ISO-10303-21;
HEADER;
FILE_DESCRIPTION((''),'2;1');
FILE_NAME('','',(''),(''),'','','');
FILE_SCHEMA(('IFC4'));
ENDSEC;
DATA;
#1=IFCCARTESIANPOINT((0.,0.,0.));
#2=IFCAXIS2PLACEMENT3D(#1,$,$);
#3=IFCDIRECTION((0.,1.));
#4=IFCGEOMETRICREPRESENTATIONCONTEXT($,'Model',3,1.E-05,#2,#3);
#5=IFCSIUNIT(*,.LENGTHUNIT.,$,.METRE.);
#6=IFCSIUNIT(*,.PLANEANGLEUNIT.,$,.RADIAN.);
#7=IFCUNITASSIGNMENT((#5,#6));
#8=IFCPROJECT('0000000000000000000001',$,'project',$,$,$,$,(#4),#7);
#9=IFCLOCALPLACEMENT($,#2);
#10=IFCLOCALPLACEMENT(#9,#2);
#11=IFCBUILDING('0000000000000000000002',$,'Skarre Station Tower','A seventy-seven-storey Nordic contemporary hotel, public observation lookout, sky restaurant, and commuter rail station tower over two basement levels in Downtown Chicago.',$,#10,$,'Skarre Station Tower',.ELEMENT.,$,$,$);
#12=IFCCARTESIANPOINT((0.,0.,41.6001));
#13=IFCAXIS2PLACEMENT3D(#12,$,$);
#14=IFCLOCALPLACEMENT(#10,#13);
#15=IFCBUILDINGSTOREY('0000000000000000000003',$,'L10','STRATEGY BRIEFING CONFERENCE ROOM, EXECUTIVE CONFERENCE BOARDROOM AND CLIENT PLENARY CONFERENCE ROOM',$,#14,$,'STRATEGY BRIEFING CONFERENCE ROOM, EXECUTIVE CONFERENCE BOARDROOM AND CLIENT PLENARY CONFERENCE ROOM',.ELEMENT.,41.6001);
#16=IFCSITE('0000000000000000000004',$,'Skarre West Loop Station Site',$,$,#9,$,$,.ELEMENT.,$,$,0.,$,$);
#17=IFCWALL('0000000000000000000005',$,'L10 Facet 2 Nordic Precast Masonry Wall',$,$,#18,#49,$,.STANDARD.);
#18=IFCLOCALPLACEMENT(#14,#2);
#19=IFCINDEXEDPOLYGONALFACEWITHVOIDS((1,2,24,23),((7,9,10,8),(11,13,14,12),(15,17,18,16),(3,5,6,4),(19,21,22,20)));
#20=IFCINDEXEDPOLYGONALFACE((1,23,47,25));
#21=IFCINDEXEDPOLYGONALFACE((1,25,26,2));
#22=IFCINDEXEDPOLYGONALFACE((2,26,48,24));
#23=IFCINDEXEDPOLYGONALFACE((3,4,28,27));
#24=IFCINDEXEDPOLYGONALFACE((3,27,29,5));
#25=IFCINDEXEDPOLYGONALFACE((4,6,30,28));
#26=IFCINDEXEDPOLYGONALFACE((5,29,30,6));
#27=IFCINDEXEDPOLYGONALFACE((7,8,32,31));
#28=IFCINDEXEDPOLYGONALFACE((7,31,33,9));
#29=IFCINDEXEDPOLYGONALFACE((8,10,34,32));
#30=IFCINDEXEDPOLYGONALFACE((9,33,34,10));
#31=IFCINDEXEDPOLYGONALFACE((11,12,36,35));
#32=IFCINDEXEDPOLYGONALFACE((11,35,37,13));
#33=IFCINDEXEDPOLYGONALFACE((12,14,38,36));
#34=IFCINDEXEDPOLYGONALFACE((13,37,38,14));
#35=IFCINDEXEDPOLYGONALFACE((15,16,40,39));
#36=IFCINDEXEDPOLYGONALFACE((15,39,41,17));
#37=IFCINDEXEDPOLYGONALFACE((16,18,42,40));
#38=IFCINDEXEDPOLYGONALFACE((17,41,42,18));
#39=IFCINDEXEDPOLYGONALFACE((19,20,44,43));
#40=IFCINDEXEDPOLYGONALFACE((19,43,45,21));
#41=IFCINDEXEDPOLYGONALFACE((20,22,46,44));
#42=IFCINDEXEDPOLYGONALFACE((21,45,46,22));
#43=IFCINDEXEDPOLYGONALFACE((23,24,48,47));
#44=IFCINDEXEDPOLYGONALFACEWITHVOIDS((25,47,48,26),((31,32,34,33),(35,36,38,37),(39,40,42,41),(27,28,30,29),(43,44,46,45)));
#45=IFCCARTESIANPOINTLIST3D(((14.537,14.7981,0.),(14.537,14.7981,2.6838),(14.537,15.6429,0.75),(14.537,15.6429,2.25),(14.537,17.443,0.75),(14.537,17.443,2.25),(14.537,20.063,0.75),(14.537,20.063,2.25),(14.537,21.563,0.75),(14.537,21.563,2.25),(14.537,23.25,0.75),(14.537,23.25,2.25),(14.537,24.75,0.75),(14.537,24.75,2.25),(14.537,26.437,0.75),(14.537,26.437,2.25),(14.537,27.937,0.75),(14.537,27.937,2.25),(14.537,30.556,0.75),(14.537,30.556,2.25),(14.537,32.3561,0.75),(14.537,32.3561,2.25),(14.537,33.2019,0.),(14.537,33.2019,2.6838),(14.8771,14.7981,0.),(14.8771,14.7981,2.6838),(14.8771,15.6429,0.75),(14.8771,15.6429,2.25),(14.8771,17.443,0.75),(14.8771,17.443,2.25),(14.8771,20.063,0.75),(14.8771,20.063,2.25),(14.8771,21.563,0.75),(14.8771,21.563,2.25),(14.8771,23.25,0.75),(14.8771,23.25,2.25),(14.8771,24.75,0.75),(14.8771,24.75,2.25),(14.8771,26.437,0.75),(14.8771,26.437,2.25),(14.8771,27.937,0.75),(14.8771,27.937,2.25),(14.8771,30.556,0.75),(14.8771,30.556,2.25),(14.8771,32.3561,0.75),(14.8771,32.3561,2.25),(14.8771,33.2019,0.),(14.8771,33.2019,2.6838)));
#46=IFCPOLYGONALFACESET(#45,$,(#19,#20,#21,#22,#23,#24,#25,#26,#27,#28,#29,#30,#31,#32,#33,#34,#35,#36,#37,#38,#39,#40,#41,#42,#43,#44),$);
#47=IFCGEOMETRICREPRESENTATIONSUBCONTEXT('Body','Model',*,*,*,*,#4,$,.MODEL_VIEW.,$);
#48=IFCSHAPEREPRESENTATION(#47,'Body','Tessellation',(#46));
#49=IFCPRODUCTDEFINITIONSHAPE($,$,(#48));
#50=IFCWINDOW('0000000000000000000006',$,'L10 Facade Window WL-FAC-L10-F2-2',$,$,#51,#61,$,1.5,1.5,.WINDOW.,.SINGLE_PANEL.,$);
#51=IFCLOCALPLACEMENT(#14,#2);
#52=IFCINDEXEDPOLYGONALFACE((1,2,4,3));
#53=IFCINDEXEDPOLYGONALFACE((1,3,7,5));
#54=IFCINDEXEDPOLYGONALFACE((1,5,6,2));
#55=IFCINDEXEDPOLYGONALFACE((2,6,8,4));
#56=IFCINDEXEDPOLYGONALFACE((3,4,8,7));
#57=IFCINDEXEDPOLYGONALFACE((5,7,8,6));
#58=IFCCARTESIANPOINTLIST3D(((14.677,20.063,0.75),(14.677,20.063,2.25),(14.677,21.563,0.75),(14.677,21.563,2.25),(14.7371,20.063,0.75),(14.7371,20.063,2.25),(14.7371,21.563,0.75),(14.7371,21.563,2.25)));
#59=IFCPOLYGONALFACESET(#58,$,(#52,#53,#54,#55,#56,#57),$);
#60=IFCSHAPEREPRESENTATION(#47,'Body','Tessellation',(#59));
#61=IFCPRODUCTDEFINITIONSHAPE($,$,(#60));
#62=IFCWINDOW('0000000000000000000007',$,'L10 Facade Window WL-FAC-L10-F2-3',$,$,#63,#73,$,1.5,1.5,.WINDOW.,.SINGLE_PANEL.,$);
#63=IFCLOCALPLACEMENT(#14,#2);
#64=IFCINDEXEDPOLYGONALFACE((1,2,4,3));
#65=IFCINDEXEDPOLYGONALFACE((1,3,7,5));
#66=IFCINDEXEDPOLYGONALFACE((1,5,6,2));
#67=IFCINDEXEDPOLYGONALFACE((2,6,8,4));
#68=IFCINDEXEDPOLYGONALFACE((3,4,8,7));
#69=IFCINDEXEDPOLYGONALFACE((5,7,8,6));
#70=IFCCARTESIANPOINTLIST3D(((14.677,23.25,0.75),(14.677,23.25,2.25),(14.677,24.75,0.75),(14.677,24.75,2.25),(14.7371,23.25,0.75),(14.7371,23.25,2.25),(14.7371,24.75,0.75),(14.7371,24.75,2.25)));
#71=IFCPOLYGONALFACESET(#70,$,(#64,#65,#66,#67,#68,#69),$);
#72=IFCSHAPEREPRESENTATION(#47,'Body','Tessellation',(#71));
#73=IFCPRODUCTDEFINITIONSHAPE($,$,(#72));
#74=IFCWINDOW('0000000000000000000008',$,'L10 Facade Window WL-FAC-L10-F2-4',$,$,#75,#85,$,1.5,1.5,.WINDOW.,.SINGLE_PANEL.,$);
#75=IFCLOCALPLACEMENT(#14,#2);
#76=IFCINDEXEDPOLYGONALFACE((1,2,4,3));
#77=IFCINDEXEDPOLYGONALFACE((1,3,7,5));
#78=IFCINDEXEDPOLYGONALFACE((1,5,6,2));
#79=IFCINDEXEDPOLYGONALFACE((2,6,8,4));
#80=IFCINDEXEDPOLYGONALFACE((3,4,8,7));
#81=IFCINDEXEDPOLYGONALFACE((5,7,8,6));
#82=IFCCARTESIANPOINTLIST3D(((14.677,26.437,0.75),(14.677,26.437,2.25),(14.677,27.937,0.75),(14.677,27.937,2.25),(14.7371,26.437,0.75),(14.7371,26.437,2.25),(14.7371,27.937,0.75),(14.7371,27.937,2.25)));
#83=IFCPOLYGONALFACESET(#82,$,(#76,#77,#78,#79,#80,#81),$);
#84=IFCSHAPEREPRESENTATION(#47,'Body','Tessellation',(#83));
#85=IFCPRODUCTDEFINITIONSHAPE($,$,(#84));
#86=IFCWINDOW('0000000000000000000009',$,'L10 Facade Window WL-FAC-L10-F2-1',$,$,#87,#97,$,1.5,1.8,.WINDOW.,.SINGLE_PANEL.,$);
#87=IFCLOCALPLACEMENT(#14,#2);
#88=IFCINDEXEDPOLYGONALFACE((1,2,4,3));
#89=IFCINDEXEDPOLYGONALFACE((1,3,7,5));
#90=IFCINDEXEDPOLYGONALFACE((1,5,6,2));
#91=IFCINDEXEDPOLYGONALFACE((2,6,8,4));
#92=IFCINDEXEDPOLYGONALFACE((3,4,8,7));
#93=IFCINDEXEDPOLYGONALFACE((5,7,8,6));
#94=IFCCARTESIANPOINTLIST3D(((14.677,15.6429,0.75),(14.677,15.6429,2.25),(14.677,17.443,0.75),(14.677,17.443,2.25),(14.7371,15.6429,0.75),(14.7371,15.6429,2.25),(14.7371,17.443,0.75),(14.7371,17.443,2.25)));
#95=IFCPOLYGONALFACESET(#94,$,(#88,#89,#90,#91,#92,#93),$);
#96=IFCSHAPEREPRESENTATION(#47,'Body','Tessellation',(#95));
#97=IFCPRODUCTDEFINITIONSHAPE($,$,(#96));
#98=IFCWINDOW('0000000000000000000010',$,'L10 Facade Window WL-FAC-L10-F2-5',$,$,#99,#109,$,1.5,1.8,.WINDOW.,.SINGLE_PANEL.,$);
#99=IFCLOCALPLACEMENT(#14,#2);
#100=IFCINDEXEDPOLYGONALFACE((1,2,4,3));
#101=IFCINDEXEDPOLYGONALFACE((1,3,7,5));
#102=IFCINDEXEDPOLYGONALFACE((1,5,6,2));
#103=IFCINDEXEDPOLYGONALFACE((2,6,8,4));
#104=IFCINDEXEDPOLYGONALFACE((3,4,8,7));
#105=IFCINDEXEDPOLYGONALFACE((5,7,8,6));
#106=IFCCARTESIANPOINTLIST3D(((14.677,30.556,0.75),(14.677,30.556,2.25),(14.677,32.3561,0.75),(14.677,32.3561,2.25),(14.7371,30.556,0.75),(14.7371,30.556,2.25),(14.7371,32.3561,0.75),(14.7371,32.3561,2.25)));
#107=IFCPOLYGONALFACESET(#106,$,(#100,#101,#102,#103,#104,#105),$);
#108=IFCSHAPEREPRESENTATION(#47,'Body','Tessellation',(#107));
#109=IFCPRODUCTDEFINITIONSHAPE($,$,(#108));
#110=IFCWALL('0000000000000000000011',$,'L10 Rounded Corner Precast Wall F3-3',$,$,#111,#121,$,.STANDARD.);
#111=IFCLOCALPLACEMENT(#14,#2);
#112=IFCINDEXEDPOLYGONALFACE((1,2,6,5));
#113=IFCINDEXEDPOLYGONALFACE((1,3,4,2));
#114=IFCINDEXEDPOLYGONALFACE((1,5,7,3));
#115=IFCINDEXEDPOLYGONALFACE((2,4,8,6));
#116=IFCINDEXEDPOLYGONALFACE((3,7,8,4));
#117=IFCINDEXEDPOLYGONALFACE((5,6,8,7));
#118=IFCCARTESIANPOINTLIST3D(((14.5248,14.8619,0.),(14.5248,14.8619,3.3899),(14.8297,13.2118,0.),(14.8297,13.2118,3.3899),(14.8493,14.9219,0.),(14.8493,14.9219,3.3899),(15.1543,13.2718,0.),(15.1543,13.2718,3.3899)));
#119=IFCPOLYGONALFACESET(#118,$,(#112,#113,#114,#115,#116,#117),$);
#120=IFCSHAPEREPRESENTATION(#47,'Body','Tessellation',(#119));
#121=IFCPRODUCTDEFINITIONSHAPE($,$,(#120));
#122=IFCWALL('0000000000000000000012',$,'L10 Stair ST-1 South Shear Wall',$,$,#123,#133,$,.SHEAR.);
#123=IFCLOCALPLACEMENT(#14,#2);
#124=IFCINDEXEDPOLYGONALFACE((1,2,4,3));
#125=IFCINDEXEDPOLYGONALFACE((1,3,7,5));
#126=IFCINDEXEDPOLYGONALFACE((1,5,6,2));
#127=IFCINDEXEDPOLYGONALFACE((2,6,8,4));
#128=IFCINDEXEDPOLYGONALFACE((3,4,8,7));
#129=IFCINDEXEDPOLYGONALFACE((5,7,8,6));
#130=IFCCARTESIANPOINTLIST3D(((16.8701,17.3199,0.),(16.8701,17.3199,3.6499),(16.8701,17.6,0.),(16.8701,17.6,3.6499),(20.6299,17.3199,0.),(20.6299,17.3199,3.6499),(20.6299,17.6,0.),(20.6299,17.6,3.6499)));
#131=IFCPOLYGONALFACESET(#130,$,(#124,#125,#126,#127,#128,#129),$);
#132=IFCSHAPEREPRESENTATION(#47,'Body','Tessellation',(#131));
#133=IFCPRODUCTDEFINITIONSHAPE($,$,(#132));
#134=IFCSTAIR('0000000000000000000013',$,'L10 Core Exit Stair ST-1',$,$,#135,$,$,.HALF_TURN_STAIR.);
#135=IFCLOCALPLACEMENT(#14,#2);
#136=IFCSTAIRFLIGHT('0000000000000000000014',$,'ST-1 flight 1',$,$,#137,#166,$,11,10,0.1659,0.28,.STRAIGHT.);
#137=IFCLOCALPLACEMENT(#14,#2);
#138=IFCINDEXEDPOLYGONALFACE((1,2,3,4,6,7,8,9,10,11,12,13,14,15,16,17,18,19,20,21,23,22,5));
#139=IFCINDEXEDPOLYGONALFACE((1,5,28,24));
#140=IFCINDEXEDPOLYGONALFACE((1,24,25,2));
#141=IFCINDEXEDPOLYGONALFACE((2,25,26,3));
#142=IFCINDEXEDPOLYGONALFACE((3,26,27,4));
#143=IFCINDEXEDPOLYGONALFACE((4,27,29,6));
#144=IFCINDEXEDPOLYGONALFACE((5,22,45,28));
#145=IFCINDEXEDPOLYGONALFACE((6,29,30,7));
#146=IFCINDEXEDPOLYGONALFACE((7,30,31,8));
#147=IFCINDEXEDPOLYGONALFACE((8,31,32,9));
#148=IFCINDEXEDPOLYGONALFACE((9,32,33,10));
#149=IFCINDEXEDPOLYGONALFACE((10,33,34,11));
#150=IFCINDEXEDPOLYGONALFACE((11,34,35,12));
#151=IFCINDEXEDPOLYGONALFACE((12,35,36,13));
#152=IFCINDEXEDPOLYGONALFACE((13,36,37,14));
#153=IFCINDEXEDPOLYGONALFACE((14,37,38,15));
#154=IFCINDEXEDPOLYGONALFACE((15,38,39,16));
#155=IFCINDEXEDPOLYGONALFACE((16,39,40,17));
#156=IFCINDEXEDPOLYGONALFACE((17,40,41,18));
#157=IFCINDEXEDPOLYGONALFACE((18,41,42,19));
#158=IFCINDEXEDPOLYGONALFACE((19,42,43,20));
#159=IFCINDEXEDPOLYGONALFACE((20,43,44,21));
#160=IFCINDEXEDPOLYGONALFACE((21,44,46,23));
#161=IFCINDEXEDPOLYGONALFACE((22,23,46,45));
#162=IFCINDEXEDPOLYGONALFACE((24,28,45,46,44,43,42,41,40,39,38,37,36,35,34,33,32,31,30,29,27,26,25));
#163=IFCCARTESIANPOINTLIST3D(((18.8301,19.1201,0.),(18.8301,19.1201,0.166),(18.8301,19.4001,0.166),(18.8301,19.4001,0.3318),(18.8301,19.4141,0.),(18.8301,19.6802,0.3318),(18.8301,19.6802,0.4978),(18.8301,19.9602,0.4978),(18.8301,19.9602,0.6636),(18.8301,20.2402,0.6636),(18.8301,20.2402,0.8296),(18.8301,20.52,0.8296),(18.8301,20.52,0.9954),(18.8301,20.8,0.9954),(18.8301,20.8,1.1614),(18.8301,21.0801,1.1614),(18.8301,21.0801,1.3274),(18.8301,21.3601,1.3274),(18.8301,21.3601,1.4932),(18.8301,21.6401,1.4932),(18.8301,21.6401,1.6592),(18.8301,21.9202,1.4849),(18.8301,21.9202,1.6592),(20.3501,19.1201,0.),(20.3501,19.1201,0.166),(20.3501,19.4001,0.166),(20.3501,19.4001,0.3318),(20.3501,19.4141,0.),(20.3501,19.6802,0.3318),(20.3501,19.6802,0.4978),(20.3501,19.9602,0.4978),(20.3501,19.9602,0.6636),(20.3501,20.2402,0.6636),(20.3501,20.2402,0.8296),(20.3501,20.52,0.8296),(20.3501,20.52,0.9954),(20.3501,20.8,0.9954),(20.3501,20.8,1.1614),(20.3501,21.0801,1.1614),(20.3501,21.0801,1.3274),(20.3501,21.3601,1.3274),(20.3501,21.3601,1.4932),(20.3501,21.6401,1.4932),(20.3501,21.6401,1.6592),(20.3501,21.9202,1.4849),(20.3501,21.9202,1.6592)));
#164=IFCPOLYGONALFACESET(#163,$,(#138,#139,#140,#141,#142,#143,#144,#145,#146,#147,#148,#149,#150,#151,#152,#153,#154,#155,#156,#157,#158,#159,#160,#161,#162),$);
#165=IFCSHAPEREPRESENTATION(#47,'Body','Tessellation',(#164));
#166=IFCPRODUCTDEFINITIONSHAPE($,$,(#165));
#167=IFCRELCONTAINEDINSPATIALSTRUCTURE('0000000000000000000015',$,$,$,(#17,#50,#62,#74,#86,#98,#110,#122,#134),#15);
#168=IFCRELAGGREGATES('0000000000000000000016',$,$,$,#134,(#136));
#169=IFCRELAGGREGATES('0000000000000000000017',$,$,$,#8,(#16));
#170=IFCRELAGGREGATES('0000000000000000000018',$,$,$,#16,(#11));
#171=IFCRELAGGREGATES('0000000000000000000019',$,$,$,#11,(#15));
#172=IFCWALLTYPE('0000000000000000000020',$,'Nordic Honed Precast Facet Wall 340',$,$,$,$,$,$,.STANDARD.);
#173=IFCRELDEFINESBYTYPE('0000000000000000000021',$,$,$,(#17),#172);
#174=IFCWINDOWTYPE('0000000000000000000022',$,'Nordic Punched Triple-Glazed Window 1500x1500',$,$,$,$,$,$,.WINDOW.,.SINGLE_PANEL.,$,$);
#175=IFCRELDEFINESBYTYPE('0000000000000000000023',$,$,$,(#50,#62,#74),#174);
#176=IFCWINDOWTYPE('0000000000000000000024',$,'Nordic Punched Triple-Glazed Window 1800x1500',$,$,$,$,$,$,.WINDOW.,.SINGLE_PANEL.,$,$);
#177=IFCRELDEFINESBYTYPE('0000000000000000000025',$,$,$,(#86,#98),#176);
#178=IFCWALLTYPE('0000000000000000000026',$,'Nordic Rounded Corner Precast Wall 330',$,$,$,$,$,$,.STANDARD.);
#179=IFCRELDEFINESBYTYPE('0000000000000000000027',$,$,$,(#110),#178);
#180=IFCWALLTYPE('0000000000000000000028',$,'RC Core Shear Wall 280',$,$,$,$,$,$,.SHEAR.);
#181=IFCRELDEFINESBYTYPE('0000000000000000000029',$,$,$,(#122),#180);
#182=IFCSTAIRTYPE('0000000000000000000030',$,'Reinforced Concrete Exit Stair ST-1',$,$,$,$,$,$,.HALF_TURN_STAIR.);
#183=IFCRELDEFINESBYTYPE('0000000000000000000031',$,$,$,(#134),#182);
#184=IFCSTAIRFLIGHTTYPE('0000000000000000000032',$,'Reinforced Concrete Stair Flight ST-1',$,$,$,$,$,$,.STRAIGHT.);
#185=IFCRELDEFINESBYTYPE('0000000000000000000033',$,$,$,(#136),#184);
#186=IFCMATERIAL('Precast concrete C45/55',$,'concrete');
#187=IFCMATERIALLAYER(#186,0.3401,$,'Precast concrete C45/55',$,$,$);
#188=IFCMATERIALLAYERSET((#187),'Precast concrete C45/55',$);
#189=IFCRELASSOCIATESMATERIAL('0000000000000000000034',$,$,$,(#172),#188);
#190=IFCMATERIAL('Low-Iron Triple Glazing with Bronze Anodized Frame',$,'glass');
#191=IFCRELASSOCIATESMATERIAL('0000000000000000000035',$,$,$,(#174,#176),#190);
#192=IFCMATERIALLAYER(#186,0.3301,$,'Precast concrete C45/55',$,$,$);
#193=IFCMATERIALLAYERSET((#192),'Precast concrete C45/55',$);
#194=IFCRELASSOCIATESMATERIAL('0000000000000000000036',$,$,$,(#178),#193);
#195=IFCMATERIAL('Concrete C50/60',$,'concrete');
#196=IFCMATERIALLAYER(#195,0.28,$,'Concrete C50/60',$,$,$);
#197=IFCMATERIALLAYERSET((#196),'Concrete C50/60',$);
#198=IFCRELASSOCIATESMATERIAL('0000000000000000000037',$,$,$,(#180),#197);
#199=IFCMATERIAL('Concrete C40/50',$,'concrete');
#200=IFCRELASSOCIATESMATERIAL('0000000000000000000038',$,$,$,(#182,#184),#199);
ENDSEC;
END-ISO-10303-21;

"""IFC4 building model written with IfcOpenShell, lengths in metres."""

from ifc_helpers import new_model, si_unit, direction, frame, frame_2d, origin, place, context, subcontext, project, spatial, polyline, rectangle, outline, extrude, material, layer, layer_set, type_object, element, fill, aggregate, save


model = new_model("IFC4")

# Units and contexts
model_context = context("Model", 3, precision=1e-05, world=origin(), true_north=direction((0.0, 1.0)))
body_context = subcontext(model_context, "Body", "Model", "MODEL_VIEW")
ifc_project = project(units=[si_unit("LENGTHUNIT", "METRE"), si_unit("PLANEANGLEUNIT", "RADIAN")], contexts=[model_context])

# Site, building, storey
site_placement = place(None, origin())
site = spatial("IfcSite", under=ifc_project, at=site_placement, Name="Skarre West Loop Station Site", CompositionType="ELEMENT", RefElevation=0.0)
building_placement = place(site_placement, origin())
building = spatial("IfcBuilding", under=site, at=building_placement, Name="Skarre Station Tower", Description="A seventy-seven-storey Nordic contemporary hotel, public observation lookout, sky restaurant, and commuter rail station tower over two basement levels in Downtown Chicago.", LongName="Skarre Station Tower", CompositionType="ELEMENT")
storey_placement = place(building_placement, frame((0.0, 0.0, 41.6001)))
storey = spatial("IfcBuildingStorey", under=building, at=storey_placement, Name="L10", Description="STRATEGY BRIEFING CONFERENCE ROOM, EXECUTIVE CONFERENCE BOARDROOM AND CLIENT PLENARY CONFERENCE ROOM", LongName="STRATEGY BRIEFING CONFERENCE ROOM, EXECUTIVE CONFERENCE BOARDROOM AND CLIENT PLENARY CONFERENCE ROOM", CompositionType="ELEMENT", Elevation=41.6001)

# Wall, openings, windows
ifc_material_1 = material(Name="Precast concrete C45/55", Category="concrete")
ifc_layer_1 = layer(ifc_material_1, 0.3401, Name="Precast concrete C45/55")
ifc_layer_set_1 = layer_set([ifc_layer_1], Name="Precast concrete C45/55")
wall_type_1 = type_object("IfcWallType", Name="Nordic Honed Precast Facet Wall 340", PredefinedType="STANDARD", material=ifc_layer_set_1)
wall_1_placement = place(storey_placement, frame((14.707, 14.7981, 0.0), z_axis=(0.0, 0.0, 1.0), x_axis=(0.0, 1.0, 0.0)))
wall_1 = element("IfcWall", 1, at=wall_1_placement, inside=storey, type_object=wall_type_1, Name="L10 Facet 2 Nordic Precast Masonry Wall", PredefinedType="STANDARD", context=body_context, shape_type="SweptSolid", body=[
    extrude(rectangle(XDim=18.4038, YDim=0.3401, at=frame_2d((9.2019, 0.0))), origin(), (0.0, 0.0, 1.0), 2.6838),
])
opening_1_placement = place(wall_1_placement, frame((0.845, 0.0, 0.75)))
opening_1 = element("IfcOpeningElement", 2, at=opening_1_placement, cuts=wall_1, PredefinedType="OPENING", context=body_context, shape_type="SweptSolid", body=[
    extrude(rectangle(XDim=1.8, YDim=1.5, at=frame_2d((0.8999, 0.75))), frame((0.0, 0.1799, 0.0), z_axis=(0.0, -1.0, 0.0), x_axis=(1.0, 0.0, 0.0)), (0.0, 0.0, 1.0), 0.3601),
])
opening_2_placement = place(wall_1_placement, frame((5.2649, 0.0, 0.75)))
opening_2 = element("IfcOpeningElement", 3, at=opening_2_placement, cuts=wall_1, PredefinedType="OPENING", context=body_context, shape_type="SweptSolid", body=[
    extrude(rectangle(XDim=1.5, YDim=1.5, at=frame_2d((0.75, 0.75))), frame((0.0, 0.1799, 0.0), z_axis=(0.0, -1.0, 0.0), x_axis=(1.0, 0.0, 0.0)), (0.0, 0.0, 1.0), 0.3601),
])
opening_3_placement = place(wall_1_placement, frame((8.4519, 0.0, 0.75)))
opening_3 = element("IfcOpeningElement", 4, at=opening_3_placement, cuts=wall_1, PredefinedType="OPENING", context=body_context, shape_type="SweptSolid", body=[
    extrude(rectangle(XDim=1.5, YDim=1.5, at=frame_2d((0.75, 0.75))), frame((0.0, 0.1799, 0.0), z_axis=(0.0, -1.0, 0.0), x_axis=(1.0, 0.0, 0.0)), (0.0, 0.0, 1.0), 0.3601),
])
opening_4_placement = place(wall_1_placement, frame((11.6389, 0.0, 0.75)))
opening_4 = element("IfcOpeningElement", 5, at=opening_4_placement, cuts=wall_1, PredefinedType="OPENING", context=body_context, shape_type="SweptSolid", body=[
    extrude(rectangle(XDim=1.5, YDim=1.5, at=frame_2d((0.75, 0.75))), frame((0.0, 0.1799, 0.0), z_axis=(0.0, -1.0, 0.0), x_axis=(1.0, 0.0, 0.0)), (0.0, 0.0, 1.0), 0.3601),
])
opening_5_placement = place(wall_1_placement, frame((15.7581, 0.0, 0.75)))
opening_5 = element("IfcOpeningElement", 6, at=opening_5_placement, cuts=wall_1, PredefinedType="OPENING", context=body_context, shape_type="SweptSolid", body=[
    extrude(rectangle(XDim=1.8, YDim=1.5, at=frame_2d((0.8999, 0.75))), frame((0.0, 0.1799, 0.0), z_axis=(0.0, -1.0, 0.0), x_axis=(1.0, 0.0, 0.0)), (0.0, 0.0, 1.0), 0.3601),
])
ifc_material_2 = material(Name="Low-Iron Triple Glazing with Bronze Anodized Frame", Category="glass")
window_type_1 = type_object("IfcWindowType", Name="Nordic Punched Triple-Glazed Window 1500x1500", PartitioningType="SINGLE_PANEL", PredefinedType="WINDOW", material=ifc_material_2)
window_1_placement = place(opening_2_placement, origin())
window_1 = element("IfcWindow", 7, at=window_1_placement, inside=storey, type_object=window_type_1, Name="L10 Facade Window WL-FAC-L10-F2-2", OverallHeight=1.5, OverallWidth=1.5, PartitioningType="SINGLE_PANEL", PredefinedType="WINDOW", context=body_context, shape_type="SweptSolid", body=[
    extrude(rectangle(XDim=1.5, YDim=1.5, at=frame_2d((0.75, 0.75))), frame((0.0, 0.03, 0.0), z_axis=(0.0, -1.0, 0.0), x_axis=(1.0, 0.0, 0.0)), (0.0, 0.0, 1.0), 0.0601),
])
fill(opening_2, window_1)
window_2_placement = place(opening_3_placement, origin())
window_2 = element("IfcWindow", 8, at=window_2_placement, inside=storey, type_object=window_type_1, Name="L10 Facade Window WL-FAC-L10-F2-3", OverallHeight=1.5, OverallWidth=1.5, PartitioningType="SINGLE_PANEL", PredefinedType="WINDOW", context=body_context, shape_type="SweptSolid", body=[
    extrude(rectangle(XDim=1.5, YDim=1.5, at=frame_2d((0.75, 0.75))), frame((0.0, 0.03, 0.0), z_axis=(0.0, -1.0, 0.0), x_axis=(1.0, 0.0, 0.0)), (0.0, 0.0, 1.0), 0.0601),
])
fill(opening_3, window_2)
window_3_placement = place(opening_4_placement, origin())
window_3 = element("IfcWindow", 9, at=window_3_placement, inside=storey, type_object=window_type_1, Name="L10 Facade Window WL-FAC-L10-F2-4", OverallHeight=1.5, OverallWidth=1.5, PartitioningType="SINGLE_PANEL", PredefinedType="WINDOW", context=body_context, shape_type="SweptSolid", body=[
    extrude(rectangle(XDim=1.5, YDim=1.5, at=frame_2d((0.75, 0.75))), frame((0.0, 0.03, 0.0), z_axis=(0.0, -1.0, 0.0), x_axis=(1.0, 0.0, 0.0)), (0.0, 0.0, 1.0), 0.0601),
])
fill(opening_4, window_3)
window_type_2 = type_object("IfcWindowType", Name="Nordic Punched Triple-Glazed Window 1800x1500", PartitioningType="SINGLE_PANEL", PredefinedType="WINDOW", material=ifc_material_2)
window_4_placement = place(opening_1_placement, origin())
window_4 = element("IfcWindow", 10, at=window_4_placement, inside=storey, type_object=window_type_2, Name="L10 Facade Window WL-FAC-L10-F2-1", OverallHeight=1.5, OverallWidth=1.8, PartitioningType="SINGLE_PANEL", PredefinedType="WINDOW", context=body_context, shape_type="SweptSolid", body=[
    extrude(rectangle(XDim=1.8, YDim=1.5, at=frame_2d((0.8999, 0.75))), frame((0.0, 0.03, 0.0), z_axis=(0.0, -1.0, 0.0), x_axis=(1.0, 0.0, 0.0)), (0.0, 0.0, 1.0), 0.0601),
])
fill(opening_1, window_4)
window_5_placement = place(opening_5_placement, origin())
window_5 = element("IfcWindow", 11, at=window_5_placement, inside=storey, type_object=window_type_2, Name="L10 Facade Window WL-FAC-L10-F2-5", OverallHeight=1.5, OverallWidth=1.8, PartitioningType="SINGLE_PANEL", PredefinedType="WINDOW", context=body_context, shape_type="SweptSolid", body=[
    extrude(rectangle(XDim=1.8, YDim=1.5, at=frame_2d((0.8999, 0.75))), frame((0.0, 0.03, 0.0), z_axis=(0.0, -1.0, 0.0), x_axis=(1.0, 0.0, 0.0)), (0.0, 0.0, 1.0), 0.0601),
])
fill(opening_5, window_5)

# Walls
ifc_layer_2 = layer(ifc_material_1, 0.3301, Name="Precast concrete C45/55")
ifc_layer_set_2 = layer_set([ifc_layer_2], Name="Precast concrete C45/55")
wall_type_2 = type_object("IfcWallType", Name="Nordic Rounded Corner Precast Wall 330", PredefinedType="STANDARD", material=ifc_layer_set_2)
wall_2_placement = place(storey_placement, frame((14.9919, 13.2419, 0.0), z_axis=(0.0, 0.0, 1.0), x_axis=(-0.181714, 0.983351, 0.0)))
element("IfcWall", 12, at=wall_2_placement, inside=storey, type_object=wall_type_2, Name="L10 Rounded Corner Precast Wall F3-3", PredefinedType="STANDARD", context=body_context, shape_type="SweptSolid", body=[
    extrude(rectangle(XDim=1.678, YDim=0.3301, at=frame_2d((0.8389, 0.0))), origin(), (0.0, 0.0, 1.0), 3.3899),
])
ifc_material_3 = material(Name="Concrete C50/60", Category="concrete")
ifc_layer_3 = layer(ifc_material_3, 0.28, Name="Concrete C50/60")
ifc_layer_set_3 = layer_set([ifc_layer_3], Name="Concrete C50/60")
wall_type_3 = type_object("IfcWallType", Name="RC Core Shear Wall 280", PredefinedType="SHEAR", material=ifc_layer_set_3)
wall_3_placement = place(storey_placement, frame((16.8701, 17.46, 0.0), z_axis=(0.0, 0.0, 1.0), x_axis=(1.0, 0.0, 0.0)))
element("IfcWall", 13, at=wall_3_placement, inside=storey, type_object=wall_type_3, Name="L10 Stair ST-1 South Shear Wall", PredefinedType="SHEAR", context=body_context, shape_type="SweptSolid", body=[
    extrude(rectangle(XDim=3.7598, YDim=0.28, at=frame_2d((1.8799, 0.0))), origin(), (0.0, 0.0, 1.0), 3.6499),
])

# Stair, stair flight
ifc_material_4 = material(Name="Concrete C40/50", Category="concrete")
stair_type = type_object("IfcStairType", Name="Reinforced Concrete Exit Stair ST-1", PredefinedType="HALF_TURN_STAIR", material=ifc_material_4)
stair_placement = place(storey_placement, origin())
stair = element("IfcStair", 14, at=stair_placement, inside=storey, type_object=stair_type, Name="L10 Core Exit Stair ST-1", PredefinedType="HALF_TURN_STAIR")
stair_flight_type = type_object("IfcStairFlightType", Name="Reinforced Concrete Stair Flight ST-1", PredefinedType="STRAIGHT", material=ifc_material_4)
stair_flight_placement = place(storey_placement, frame((19.5901, 19.1201, 0.0), z_axis=(0.0, 0.0, 1.0), x_axis=(0.0, 1.0, 0.0)))
stair_flight = element("IfcStairFlight", 15, at=stair_flight_placement, type_object=stair_flight_type, Name="ST-1 flight 1", NumberOfRisers=11, NumberOfTreads=10, PredefinedType="STRAIGHT", RiserHeight=0.1659, TreadLength=0.28, context=body_context, shape_type="SweptSolid", body=[
    extrude(outline(polyline([(0.0, 0.0), (0.0, 0.166), (0.28, 0.166), (0.28, 0.3318), (0.5601, 0.3318), (0.5601, 0.4978), (0.8401, 0.4978), (0.8401, 0.6636), (1.1201, 0.6636), (1.1201, 0.8296), (1.3999, 0.8296), (1.3999, 0.9954), (1.6799, 0.9954), (1.6799, 1.1614), (1.96, 1.1614), (1.96, 1.3274), (2.24, 1.3274), (2.24, 1.4932), (2.52, 1.4932), (2.52, 1.6592), (2.8, 1.6592), (2.8, 1.825), (2.8, 1.4849), (0.2939, 0.0), (0.0, 0.0)])), frame((0.0, 0.76, 0.0), z_axis=(0.0, -1.0, 0.0), x_axis=(1.0, 0.0, 0.0)), (0.0, 0.0, 1.0), 1.52),
])
aggregate(stair, [stair_flight])

save(model, "model.ifc")
